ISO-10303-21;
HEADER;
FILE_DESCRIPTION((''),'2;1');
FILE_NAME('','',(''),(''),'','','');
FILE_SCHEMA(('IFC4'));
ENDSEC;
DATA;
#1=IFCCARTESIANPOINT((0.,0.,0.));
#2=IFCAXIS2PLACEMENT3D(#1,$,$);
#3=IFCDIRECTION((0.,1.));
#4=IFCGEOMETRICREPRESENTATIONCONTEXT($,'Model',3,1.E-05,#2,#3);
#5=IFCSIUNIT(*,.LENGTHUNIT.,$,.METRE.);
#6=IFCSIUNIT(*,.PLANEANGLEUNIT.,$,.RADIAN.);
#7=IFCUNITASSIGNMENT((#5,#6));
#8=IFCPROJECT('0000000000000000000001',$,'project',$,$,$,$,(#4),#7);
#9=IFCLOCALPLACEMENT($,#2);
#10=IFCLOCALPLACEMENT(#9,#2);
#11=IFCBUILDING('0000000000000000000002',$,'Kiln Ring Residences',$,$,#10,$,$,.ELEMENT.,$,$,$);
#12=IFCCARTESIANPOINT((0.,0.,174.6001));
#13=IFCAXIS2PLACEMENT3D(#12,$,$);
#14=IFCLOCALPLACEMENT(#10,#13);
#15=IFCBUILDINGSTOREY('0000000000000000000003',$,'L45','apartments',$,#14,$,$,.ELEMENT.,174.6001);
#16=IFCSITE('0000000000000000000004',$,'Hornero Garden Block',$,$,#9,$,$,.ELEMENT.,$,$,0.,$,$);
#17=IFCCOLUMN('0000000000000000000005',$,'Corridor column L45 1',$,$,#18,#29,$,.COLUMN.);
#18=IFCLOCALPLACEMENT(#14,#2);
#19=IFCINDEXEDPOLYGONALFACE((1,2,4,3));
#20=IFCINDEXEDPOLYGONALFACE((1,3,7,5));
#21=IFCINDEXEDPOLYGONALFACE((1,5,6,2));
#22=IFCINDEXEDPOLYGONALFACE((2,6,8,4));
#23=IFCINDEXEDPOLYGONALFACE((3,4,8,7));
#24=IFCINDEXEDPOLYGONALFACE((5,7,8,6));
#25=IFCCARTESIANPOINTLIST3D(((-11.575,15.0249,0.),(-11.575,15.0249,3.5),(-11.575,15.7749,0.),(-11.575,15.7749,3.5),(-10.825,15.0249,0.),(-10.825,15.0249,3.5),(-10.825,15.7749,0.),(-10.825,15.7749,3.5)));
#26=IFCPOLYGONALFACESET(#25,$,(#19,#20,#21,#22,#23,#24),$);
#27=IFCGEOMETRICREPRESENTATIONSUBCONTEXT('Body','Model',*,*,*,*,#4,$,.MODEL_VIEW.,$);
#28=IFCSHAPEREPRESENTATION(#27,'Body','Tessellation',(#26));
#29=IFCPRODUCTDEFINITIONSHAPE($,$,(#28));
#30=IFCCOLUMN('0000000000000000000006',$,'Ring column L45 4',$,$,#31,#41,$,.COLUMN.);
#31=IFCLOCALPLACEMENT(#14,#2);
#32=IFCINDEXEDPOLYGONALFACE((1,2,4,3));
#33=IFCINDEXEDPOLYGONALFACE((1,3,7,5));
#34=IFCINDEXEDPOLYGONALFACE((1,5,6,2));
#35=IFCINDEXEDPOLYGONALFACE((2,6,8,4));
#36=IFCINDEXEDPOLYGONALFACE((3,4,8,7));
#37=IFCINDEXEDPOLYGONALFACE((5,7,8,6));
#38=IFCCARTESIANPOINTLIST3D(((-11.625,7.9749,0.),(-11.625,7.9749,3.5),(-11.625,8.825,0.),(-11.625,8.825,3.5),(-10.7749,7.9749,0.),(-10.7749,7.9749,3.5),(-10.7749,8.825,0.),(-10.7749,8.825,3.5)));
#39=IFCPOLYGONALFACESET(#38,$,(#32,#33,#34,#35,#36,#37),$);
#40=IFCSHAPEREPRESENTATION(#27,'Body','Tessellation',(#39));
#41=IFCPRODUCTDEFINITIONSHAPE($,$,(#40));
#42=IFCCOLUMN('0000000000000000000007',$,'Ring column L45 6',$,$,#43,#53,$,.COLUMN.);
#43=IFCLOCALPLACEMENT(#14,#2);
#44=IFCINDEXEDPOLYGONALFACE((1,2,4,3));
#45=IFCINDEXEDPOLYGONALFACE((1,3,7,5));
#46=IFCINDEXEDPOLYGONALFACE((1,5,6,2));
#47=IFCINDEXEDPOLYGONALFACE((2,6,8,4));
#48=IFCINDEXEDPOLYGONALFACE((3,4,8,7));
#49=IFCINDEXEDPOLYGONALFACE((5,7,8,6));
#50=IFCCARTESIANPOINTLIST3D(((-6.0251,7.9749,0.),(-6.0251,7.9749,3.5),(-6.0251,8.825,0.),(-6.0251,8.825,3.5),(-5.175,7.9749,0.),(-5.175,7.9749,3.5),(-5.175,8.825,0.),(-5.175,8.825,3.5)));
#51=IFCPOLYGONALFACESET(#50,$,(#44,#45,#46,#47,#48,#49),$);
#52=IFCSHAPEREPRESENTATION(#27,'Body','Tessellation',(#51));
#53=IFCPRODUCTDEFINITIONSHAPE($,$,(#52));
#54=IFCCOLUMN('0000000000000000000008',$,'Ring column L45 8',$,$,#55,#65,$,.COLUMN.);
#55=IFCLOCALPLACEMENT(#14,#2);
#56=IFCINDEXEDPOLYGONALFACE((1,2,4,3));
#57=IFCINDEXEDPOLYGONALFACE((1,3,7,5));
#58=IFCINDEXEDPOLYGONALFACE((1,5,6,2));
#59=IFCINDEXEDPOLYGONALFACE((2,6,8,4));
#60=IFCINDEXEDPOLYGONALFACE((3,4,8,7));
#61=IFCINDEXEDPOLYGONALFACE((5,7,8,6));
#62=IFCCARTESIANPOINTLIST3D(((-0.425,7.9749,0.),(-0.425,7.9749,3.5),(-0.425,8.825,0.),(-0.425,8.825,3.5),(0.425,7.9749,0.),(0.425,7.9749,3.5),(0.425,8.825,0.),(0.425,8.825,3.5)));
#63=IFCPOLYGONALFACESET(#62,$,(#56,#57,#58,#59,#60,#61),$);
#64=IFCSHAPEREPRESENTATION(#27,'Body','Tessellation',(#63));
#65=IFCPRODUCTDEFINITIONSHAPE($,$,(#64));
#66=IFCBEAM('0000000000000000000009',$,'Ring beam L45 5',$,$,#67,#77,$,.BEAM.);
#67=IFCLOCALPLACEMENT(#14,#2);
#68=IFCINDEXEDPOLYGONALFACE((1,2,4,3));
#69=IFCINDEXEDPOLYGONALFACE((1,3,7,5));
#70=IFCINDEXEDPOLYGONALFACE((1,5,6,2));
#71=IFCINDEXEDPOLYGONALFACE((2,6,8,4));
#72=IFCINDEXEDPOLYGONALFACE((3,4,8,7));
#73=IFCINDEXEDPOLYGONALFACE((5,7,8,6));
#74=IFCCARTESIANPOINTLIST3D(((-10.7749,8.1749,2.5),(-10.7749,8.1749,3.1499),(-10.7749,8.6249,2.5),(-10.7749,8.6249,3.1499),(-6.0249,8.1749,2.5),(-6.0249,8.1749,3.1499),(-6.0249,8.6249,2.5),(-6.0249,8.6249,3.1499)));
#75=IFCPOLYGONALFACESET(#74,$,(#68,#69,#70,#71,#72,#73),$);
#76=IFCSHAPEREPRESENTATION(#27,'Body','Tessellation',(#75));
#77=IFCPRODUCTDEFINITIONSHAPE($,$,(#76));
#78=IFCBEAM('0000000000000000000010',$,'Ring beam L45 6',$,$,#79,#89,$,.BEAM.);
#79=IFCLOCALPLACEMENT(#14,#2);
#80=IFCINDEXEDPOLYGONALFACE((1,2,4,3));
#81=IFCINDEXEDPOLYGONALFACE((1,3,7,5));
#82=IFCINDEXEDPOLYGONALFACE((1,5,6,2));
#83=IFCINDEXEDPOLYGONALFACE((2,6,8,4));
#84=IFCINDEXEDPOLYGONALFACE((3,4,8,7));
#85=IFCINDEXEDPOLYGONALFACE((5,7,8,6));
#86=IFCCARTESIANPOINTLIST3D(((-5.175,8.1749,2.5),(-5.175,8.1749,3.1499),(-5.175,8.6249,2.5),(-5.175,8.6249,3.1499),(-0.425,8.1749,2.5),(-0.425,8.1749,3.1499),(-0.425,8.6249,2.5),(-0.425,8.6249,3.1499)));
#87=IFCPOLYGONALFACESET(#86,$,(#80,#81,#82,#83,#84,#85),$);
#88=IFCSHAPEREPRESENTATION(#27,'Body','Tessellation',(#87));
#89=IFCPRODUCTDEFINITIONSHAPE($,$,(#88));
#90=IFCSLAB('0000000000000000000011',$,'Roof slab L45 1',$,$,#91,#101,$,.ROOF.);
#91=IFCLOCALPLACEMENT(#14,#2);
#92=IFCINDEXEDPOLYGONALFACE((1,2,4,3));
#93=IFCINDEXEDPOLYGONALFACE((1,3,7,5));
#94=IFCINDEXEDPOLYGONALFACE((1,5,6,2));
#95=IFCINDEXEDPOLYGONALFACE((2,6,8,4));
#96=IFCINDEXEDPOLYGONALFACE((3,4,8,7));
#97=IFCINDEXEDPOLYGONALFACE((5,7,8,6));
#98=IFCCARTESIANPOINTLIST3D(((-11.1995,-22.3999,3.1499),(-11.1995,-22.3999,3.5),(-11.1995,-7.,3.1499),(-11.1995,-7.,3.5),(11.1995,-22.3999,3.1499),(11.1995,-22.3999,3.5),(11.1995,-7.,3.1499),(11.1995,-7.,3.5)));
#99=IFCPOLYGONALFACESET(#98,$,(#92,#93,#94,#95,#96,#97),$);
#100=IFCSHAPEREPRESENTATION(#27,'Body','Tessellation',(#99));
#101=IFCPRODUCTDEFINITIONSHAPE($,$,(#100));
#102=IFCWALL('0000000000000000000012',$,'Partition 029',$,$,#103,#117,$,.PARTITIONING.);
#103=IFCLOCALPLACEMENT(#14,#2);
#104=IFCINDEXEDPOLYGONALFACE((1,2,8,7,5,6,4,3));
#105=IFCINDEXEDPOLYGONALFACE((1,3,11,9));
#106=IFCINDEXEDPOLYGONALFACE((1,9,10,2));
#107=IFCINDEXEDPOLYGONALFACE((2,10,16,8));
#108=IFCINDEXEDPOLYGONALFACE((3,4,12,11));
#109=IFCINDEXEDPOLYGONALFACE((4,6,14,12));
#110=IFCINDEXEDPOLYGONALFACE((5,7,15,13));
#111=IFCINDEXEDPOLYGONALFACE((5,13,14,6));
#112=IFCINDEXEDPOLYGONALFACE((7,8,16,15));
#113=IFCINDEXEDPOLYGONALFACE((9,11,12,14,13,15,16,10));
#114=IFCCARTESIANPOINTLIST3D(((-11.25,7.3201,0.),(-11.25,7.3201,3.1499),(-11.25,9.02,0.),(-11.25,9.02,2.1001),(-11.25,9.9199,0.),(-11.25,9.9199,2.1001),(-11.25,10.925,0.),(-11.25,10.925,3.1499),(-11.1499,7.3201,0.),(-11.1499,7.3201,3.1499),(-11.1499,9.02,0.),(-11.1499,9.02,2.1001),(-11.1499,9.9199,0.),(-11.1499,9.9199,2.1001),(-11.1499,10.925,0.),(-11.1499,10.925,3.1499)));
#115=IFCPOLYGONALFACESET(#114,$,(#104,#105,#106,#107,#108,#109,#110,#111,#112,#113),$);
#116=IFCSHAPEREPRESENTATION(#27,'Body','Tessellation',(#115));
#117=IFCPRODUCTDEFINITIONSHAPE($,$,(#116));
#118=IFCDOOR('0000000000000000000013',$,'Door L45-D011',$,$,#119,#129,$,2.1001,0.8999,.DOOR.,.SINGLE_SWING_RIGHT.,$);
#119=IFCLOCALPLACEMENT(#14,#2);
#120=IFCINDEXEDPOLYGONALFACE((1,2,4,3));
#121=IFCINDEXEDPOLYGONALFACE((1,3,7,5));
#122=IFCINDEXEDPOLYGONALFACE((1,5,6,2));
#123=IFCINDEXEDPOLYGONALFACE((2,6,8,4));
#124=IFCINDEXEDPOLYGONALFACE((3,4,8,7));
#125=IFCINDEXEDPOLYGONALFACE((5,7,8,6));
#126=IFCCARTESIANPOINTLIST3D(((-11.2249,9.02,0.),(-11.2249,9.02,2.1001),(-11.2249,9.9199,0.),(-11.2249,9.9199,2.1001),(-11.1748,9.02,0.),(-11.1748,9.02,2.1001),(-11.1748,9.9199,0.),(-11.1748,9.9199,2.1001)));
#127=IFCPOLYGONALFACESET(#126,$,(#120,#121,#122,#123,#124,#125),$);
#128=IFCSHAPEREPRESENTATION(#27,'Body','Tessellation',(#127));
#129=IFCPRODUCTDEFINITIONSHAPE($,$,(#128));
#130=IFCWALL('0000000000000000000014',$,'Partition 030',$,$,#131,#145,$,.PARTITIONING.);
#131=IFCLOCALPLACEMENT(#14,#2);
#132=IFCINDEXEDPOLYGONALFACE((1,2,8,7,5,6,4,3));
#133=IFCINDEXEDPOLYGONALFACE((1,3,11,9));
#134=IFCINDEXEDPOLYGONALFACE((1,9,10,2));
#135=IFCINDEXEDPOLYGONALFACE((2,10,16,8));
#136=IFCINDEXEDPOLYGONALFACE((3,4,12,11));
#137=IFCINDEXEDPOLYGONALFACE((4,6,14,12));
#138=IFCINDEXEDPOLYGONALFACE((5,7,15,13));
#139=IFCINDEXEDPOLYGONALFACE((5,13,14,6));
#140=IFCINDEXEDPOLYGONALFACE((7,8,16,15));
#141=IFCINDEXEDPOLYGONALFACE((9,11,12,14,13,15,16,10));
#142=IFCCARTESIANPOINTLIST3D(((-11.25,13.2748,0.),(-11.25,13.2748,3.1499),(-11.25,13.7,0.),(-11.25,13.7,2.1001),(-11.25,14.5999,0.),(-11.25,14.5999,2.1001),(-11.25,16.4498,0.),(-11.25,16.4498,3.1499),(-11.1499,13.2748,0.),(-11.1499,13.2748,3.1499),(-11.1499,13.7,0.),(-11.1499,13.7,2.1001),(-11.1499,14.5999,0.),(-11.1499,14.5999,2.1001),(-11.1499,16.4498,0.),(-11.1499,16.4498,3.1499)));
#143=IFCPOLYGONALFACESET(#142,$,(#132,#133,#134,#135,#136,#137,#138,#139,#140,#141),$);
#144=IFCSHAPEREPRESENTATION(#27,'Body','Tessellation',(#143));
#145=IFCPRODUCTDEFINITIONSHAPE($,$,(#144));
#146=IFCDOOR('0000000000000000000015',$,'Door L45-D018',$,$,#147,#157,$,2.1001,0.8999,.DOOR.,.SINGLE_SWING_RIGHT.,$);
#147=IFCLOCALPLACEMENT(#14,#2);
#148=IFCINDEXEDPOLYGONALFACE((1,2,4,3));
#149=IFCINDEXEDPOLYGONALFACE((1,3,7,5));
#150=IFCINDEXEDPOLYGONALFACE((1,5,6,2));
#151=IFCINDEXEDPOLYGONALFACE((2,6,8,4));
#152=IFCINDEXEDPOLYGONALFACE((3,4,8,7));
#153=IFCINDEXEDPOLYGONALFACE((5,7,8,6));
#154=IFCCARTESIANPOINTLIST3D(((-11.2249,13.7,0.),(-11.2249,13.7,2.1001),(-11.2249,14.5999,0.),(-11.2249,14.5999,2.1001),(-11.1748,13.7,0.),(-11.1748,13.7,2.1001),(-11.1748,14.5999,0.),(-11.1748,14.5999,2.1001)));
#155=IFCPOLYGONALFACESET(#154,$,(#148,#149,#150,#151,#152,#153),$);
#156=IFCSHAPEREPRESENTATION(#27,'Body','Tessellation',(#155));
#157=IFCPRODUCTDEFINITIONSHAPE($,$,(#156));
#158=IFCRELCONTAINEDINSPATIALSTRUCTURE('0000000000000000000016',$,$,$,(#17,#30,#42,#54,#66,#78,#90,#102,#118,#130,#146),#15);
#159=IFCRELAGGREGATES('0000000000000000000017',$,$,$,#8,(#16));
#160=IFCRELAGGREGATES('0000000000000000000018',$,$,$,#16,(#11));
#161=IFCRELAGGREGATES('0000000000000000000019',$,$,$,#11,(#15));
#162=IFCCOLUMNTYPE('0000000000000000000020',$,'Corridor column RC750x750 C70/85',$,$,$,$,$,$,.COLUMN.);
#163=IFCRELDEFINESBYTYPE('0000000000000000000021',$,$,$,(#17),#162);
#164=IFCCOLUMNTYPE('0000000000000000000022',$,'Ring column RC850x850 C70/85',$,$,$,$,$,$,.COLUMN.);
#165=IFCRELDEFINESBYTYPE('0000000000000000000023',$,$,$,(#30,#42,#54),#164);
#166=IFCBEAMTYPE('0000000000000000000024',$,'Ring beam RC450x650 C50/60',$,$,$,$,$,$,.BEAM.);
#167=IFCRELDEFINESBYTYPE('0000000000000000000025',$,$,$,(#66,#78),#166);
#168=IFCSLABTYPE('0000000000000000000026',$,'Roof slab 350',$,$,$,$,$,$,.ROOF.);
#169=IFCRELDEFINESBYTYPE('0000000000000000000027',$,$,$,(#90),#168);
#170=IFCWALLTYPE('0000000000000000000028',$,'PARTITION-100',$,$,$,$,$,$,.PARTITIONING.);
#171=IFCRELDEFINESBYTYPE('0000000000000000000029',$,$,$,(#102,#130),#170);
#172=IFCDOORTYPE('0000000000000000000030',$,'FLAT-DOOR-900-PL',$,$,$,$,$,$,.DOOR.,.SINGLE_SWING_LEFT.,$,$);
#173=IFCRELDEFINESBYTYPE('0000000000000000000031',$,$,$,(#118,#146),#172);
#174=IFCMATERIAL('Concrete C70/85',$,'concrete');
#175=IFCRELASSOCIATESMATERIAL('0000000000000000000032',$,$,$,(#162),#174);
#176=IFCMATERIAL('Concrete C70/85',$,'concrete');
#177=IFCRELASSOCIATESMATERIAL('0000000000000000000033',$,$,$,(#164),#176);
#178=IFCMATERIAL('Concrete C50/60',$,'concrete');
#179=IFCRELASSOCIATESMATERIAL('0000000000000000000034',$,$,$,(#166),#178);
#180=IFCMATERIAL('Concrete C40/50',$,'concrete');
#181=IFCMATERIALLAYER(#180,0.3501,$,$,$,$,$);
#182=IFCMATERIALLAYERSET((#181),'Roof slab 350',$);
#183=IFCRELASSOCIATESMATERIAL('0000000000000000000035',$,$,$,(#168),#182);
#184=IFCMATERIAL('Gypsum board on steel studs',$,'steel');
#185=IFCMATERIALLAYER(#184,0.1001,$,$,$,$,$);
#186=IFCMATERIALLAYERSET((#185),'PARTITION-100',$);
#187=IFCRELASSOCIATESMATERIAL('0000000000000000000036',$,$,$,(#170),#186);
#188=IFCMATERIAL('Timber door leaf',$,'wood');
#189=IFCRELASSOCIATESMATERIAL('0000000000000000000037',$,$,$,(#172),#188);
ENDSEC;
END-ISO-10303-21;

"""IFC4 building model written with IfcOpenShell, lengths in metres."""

from ifc_helpers import new_model, si_unit, direction, frame, frame_2d, origin, origin_2d, place, context, subcontext, project, spatial, polyline, rectangle, outline, extrude, material, layer, layer_set, material_profile, profile_set, type_object, element, fill, save


model = new_model("IFC4")

# Units and contexts
model_context = context("Model", 3, precision=1e-05, world=origin(), true_north=direction((0.0, 1.0)))
body_context = subcontext(model_context, "Body", "Model", "MODEL_VIEW")
ifc_project = project(units=[si_unit("LENGTHUNIT", "METRE"), si_unit("PLANEANGLEUNIT", "RADIAN")], contexts=[model_context])

# Site, building, storey
site_placement = place(None, origin())
site = spatial("IfcSite", under=ifc_project, at=site_placement, Name="Hornero Garden Block", CompositionType="ELEMENT", RefElevation=0.0)
building_placement = place(site_placement, origin())
building = spatial("IfcBuilding", under=site, at=building_placement, Name="Kiln Ring Residences", CompositionType="ELEMENT")
storey_placement = place(building_placement, frame((0.0, 0.0, 174.6001)))
storey = spatial("IfcBuildingStorey", under=building, at=storey_placement, Name="L45", Description="apartments", CompositionType="ELEMENT", Elevation=174.6001)

# Columns
ifc_material_1 = material(Name="Concrete C70/85", Category="concrete")
ifc_material_profile_1 = material_profile(ifc_material_1, rectangle(XDim=0.75, YDim=0.75, at=origin_2d()), Name="RC750x750")
ifc_profile_set_1 = profile_set([ifc_material_profile_1], Name="Concrete C70/85")
column_type_1 = type_object("IfcColumnType", Name="Corridor column RC750x750 C70/85", PredefinedType="COLUMN", material=ifc_profile_set_1)
column_placement = place(storey_placement, frame((-11.2, 15.3999, 0.0), z_axis=(0.0, 0.0, 1.0), x_axis=(1.0, 0.0, 0.0)))
element("IfcColumn", 1, at=column_placement, inside=storey, type_object=column_type_1, Name="Corridor column L45 1", PredefinedType="COLUMN", context=body_context, shape_type="SweptSolid", body=[
    extrude(rectangle(XDim=0.75, YDim=0.75, at=origin_2d()), origin(), (0.0, 0.0, 1.0), 3.5),
])
ifc_material_2 = material(Name="Concrete C70/85", Category="concrete")
ifc_material_profile_2 = material_profile(ifc_material_2, rectangle(XDim=0.8501, YDim=0.8501, at=origin_2d()), Name="RC850x850")
ifc_profile_set_2 = profile_set([ifc_material_profile_2], Name="Concrete C70/85")
column_type_2 = type_object("IfcColumnType", Name="Ring column RC850x850 C70/85", PredefinedType="COLUMN", material=ifc_profile_set_2)
for number, where, z_axis, x_axis, name in (
    (2, (-11.2, 8.3999, 0.0), (0.0, 0.0, 1.0), (1.0, 0.0, 0.0), "Ring column L45 4"),
    (3, (-5.6001, 8.3999, 0.0), (0.0, 0.0, 1.0), (1.0, 0.0, 0.0), "Ring column L45 6"),
    (4, (0.0, 8.3999, 0.0), (0.0, 0.0, 1.0), (1.0, 0.0, 0.0), "Ring column L45 8"),
):
    element("IfcColumn", number, at=place(storey_placement, frame(where, z_axis=z_axis, x_axis=x_axis)), inside=storey, type_object=column_type_2, Name=name, PredefinedType="COLUMN", context=body_context, shape_type="SweptSolid", body=[
        extrude(rectangle(XDim=0.8501, YDim=0.8501, at=origin_2d()), origin(), (0.0, 0.0, 1.0), 3.5),
    ])

# Beams
ifc_material_3 = material(Name="Concrete C50/60", Category="concrete")
ifc_material_profile_3 = material_profile(ifc_material_3, rectangle(XDim=0.45, YDim=0.6499, at=origin_2d()), Name="RC450x650")
ifc_profile_set_3 = profile_set([ifc_material_profile_3], Name="Concrete C50/60")
beam_type = type_object("IfcBeamType", Name="Ring beam RC450x650 C50/60", PredefinedType="BEAM", material=ifc_profile_set_3)
for number, where, z_axis, x_axis, name in (
    (5, (-10.7749, 8.3999, 2.825), (1.0, 0.0, 0.0), (0.0, 1.0, 0.0), "Ring beam L45 5"),
    (6, (-5.175, 8.3999, 2.825), (1.0, 0.0, 0.0), (0.0, 1.0, 0.0), "Ring beam L45 6"),
):
    element("IfcBeam", number, at=place(storey_placement, frame(where, z_axis=z_axis, x_axis=x_axis)), inside=storey, type_object=beam_type, Name=name, PredefinedType="BEAM", context=body_context, shape_type="SweptSolid", body=[
        extrude(rectangle(XDim=0.45, YDim=0.6499, at=origin_2d()), origin(), (0.0, 0.0, 1.0), 4.75),
    ])

# Slab
ifc_material_4 = material(Name="Concrete C40/50", Category="concrete")
ifc_layer_1 = layer(ifc_material_4, 0.3501)
ifc_layer_set_1 = layer_set([ifc_layer_1], Name="Roof slab 350")
slab_type = type_object("IfcSlabType", Name="Roof slab 350", PredefinedType="ROOF", material=ifc_layer_set_1)
slab_placement = place(storey_placement, frame((0.0, 0.0, 3.1499)))
element("IfcSlab", 7, at=slab_placement, inside=storey, type_object=slab_type, Name="Roof slab L45 1", PredefinedType="ROOF", context=body_context, shape_type="SweptSolid", body=[
    extrude(outline(polyline([(11.1995, -22.3999), (11.1995, -7.0), (-11.1995, -7.0), (-11.1995, -22.3999), (11.1995, -22.3999)])), origin(), (0.0, 0.0, 1.0), 0.3501),
])

# Walls, openings, doors
ifc_material_5 = material(Name="Gypsum board on steel studs", Category="steel")
ifc_layer_2 = layer(ifc_material_5, 0.1001)
ifc_layer_set_2 = layer_set([ifc_layer_2], Name="PARTITION-100")
wall_type_1 = type_object("IfcWallType", Name="PARTITION-100", PredefinedType="PARTITIONING", material=ifc_layer_set_2)
wall_1_placement = place(storey_placement, frame((-11.2, 7.3201, 0.0), z_axis=(0.0, 0.0, 1.0), x_axis=(0.0, 1.0, 0.0)))
wall_1 = element("IfcWall", 8, at=wall_1_placement, inside=storey, type_object=wall_type_1, Name="Partition 029", PredefinedType="PARTITIONING", context=body_context, shape_type="SweptSolid", body=[
    extrude(rectangle(XDim=3.605, YDim=0.1001, at=frame_2d((1.8025, 0.0))), origin(), (0.0, 0.0, 1.0), 3.1499),
])
opening_1_placement = place(wall_1_placement, frame((1.7, 0.0, 0.0)))
opening_1 = element("IfcOpeningElement", 9, at=opening_1_placement, cuts=wall_1, PredefinedType="OPENING", context=body_context, shape_type="SweptSolid", body=[
    extrude(rectangle(XDim=0.8999, YDim=2.1001, at=frame_2d((0.45, 1.05))), frame((0.0, 0.0601, 0.0), z_axis=(0.0, -1.0, 0.0), x_axis=(1.0, 0.0, 0.0)), (0.0, 0.0, 1.0), 0.1201),
])
ifc_material_6 = material(Name="Timber door leaf", Category="wood")
door_type = type_object("IfcDoorType", Name="FLAT-DOOR-900-PL", OperationType="SINGLE_SWING_LEFT", PredefinedType="DOOR", material=ifc_material_6)
door_1_placement = place(opening_1_placement, origin())
door_1 = element("IfcDoor", 10, at=door_1_placement, inside=storey, type_object=door_type, Name="Door L45-D011", OperationType="SINGLE_SWING_RIGHT", OverallHeight=2.1001, OverallWidth=0.8999, PredefinedType="DOOR", context=body_context, shape_type="SweptSolid", body=[
    extrude(rectangle(XDim=0.8999, YDim=2.1001, at=frame_2d((0.45, 1.05))), frame((0.0, 0.0249, 0.0), z_axis=(0.0, -1.0, 0.0), x_axis=(1.0, 0.0, 0.0)), (0.0, 0.0, 1.0), 0.05),
])
fill(opening_1, door_1)
wall_2_placement = place(storey_placement, frame((-11.2, 13.2749, 0.0), z_axis=(0.0, 0.0, 1.0), x_axis=(0.0, 1.0, 0.0)))
wall_2 = element("IfcWall", 11, at=wall_2_placement, inside=storey, type_object=wall_type_1, Name="Partition 030", PredefinedType="PARTITIONING", context=body_context, shape_type="SweptSolid", body=[
    extrude(rectangle(XDim=3.175, YDim=0.1001, at=frame_2d((1.5874, 0.0))), origin(), (0.0, 0.0, 1.0), 3.1499),
])
opening_2_placement = place(wall_2_placement, frame((0.425, 0.0, 0.0)))
opening_2 = element("IfcOpeningElement", 12, at=opening_2_placement, cuts=wall_2, PredefinedType="OPENING", context=body_context, shape_type="SweptSolid", body=[
    extrude(rectangle(XDim=0.8999, YDim=2.1001, at=frame_2d((0.45, 1.05))), frame((0.0, 0.0601, 0.0), z_axis=(0.0, -1.0, 0.0), x_axis=(1.0, 0.0, 0.0)), (0.0, 0.0, 1.0), 0.1201),
])
door_2_placement = place(opening_2_placement, origin())
door_2 = element("IfcDoor", 13, at=door_2_placement, inside=storey, type_object=door_type, Name="Door L45-D018", OperationType="SINGLE_SWING_RIGHT", OverallHeight=2.1001, OverallWidth=0.8999, PredefinedType="DOOR", context=body_context, shape_type="SweptSolid", body=[
    extrude(rectangle(XDim=0.8999, YDim=2.1001, at=frame_2d((0.45, 1.05))), frame((0.0, 0.0249, 0.0), z_axis=(0.0, -1.0, 0.0), x_axis=(1.0, 0.0, 0.0)), (0.0, 0.0, 1.0), 0.05),
])
fill(opening_2, door_2)

save(model, "model.ifc")
